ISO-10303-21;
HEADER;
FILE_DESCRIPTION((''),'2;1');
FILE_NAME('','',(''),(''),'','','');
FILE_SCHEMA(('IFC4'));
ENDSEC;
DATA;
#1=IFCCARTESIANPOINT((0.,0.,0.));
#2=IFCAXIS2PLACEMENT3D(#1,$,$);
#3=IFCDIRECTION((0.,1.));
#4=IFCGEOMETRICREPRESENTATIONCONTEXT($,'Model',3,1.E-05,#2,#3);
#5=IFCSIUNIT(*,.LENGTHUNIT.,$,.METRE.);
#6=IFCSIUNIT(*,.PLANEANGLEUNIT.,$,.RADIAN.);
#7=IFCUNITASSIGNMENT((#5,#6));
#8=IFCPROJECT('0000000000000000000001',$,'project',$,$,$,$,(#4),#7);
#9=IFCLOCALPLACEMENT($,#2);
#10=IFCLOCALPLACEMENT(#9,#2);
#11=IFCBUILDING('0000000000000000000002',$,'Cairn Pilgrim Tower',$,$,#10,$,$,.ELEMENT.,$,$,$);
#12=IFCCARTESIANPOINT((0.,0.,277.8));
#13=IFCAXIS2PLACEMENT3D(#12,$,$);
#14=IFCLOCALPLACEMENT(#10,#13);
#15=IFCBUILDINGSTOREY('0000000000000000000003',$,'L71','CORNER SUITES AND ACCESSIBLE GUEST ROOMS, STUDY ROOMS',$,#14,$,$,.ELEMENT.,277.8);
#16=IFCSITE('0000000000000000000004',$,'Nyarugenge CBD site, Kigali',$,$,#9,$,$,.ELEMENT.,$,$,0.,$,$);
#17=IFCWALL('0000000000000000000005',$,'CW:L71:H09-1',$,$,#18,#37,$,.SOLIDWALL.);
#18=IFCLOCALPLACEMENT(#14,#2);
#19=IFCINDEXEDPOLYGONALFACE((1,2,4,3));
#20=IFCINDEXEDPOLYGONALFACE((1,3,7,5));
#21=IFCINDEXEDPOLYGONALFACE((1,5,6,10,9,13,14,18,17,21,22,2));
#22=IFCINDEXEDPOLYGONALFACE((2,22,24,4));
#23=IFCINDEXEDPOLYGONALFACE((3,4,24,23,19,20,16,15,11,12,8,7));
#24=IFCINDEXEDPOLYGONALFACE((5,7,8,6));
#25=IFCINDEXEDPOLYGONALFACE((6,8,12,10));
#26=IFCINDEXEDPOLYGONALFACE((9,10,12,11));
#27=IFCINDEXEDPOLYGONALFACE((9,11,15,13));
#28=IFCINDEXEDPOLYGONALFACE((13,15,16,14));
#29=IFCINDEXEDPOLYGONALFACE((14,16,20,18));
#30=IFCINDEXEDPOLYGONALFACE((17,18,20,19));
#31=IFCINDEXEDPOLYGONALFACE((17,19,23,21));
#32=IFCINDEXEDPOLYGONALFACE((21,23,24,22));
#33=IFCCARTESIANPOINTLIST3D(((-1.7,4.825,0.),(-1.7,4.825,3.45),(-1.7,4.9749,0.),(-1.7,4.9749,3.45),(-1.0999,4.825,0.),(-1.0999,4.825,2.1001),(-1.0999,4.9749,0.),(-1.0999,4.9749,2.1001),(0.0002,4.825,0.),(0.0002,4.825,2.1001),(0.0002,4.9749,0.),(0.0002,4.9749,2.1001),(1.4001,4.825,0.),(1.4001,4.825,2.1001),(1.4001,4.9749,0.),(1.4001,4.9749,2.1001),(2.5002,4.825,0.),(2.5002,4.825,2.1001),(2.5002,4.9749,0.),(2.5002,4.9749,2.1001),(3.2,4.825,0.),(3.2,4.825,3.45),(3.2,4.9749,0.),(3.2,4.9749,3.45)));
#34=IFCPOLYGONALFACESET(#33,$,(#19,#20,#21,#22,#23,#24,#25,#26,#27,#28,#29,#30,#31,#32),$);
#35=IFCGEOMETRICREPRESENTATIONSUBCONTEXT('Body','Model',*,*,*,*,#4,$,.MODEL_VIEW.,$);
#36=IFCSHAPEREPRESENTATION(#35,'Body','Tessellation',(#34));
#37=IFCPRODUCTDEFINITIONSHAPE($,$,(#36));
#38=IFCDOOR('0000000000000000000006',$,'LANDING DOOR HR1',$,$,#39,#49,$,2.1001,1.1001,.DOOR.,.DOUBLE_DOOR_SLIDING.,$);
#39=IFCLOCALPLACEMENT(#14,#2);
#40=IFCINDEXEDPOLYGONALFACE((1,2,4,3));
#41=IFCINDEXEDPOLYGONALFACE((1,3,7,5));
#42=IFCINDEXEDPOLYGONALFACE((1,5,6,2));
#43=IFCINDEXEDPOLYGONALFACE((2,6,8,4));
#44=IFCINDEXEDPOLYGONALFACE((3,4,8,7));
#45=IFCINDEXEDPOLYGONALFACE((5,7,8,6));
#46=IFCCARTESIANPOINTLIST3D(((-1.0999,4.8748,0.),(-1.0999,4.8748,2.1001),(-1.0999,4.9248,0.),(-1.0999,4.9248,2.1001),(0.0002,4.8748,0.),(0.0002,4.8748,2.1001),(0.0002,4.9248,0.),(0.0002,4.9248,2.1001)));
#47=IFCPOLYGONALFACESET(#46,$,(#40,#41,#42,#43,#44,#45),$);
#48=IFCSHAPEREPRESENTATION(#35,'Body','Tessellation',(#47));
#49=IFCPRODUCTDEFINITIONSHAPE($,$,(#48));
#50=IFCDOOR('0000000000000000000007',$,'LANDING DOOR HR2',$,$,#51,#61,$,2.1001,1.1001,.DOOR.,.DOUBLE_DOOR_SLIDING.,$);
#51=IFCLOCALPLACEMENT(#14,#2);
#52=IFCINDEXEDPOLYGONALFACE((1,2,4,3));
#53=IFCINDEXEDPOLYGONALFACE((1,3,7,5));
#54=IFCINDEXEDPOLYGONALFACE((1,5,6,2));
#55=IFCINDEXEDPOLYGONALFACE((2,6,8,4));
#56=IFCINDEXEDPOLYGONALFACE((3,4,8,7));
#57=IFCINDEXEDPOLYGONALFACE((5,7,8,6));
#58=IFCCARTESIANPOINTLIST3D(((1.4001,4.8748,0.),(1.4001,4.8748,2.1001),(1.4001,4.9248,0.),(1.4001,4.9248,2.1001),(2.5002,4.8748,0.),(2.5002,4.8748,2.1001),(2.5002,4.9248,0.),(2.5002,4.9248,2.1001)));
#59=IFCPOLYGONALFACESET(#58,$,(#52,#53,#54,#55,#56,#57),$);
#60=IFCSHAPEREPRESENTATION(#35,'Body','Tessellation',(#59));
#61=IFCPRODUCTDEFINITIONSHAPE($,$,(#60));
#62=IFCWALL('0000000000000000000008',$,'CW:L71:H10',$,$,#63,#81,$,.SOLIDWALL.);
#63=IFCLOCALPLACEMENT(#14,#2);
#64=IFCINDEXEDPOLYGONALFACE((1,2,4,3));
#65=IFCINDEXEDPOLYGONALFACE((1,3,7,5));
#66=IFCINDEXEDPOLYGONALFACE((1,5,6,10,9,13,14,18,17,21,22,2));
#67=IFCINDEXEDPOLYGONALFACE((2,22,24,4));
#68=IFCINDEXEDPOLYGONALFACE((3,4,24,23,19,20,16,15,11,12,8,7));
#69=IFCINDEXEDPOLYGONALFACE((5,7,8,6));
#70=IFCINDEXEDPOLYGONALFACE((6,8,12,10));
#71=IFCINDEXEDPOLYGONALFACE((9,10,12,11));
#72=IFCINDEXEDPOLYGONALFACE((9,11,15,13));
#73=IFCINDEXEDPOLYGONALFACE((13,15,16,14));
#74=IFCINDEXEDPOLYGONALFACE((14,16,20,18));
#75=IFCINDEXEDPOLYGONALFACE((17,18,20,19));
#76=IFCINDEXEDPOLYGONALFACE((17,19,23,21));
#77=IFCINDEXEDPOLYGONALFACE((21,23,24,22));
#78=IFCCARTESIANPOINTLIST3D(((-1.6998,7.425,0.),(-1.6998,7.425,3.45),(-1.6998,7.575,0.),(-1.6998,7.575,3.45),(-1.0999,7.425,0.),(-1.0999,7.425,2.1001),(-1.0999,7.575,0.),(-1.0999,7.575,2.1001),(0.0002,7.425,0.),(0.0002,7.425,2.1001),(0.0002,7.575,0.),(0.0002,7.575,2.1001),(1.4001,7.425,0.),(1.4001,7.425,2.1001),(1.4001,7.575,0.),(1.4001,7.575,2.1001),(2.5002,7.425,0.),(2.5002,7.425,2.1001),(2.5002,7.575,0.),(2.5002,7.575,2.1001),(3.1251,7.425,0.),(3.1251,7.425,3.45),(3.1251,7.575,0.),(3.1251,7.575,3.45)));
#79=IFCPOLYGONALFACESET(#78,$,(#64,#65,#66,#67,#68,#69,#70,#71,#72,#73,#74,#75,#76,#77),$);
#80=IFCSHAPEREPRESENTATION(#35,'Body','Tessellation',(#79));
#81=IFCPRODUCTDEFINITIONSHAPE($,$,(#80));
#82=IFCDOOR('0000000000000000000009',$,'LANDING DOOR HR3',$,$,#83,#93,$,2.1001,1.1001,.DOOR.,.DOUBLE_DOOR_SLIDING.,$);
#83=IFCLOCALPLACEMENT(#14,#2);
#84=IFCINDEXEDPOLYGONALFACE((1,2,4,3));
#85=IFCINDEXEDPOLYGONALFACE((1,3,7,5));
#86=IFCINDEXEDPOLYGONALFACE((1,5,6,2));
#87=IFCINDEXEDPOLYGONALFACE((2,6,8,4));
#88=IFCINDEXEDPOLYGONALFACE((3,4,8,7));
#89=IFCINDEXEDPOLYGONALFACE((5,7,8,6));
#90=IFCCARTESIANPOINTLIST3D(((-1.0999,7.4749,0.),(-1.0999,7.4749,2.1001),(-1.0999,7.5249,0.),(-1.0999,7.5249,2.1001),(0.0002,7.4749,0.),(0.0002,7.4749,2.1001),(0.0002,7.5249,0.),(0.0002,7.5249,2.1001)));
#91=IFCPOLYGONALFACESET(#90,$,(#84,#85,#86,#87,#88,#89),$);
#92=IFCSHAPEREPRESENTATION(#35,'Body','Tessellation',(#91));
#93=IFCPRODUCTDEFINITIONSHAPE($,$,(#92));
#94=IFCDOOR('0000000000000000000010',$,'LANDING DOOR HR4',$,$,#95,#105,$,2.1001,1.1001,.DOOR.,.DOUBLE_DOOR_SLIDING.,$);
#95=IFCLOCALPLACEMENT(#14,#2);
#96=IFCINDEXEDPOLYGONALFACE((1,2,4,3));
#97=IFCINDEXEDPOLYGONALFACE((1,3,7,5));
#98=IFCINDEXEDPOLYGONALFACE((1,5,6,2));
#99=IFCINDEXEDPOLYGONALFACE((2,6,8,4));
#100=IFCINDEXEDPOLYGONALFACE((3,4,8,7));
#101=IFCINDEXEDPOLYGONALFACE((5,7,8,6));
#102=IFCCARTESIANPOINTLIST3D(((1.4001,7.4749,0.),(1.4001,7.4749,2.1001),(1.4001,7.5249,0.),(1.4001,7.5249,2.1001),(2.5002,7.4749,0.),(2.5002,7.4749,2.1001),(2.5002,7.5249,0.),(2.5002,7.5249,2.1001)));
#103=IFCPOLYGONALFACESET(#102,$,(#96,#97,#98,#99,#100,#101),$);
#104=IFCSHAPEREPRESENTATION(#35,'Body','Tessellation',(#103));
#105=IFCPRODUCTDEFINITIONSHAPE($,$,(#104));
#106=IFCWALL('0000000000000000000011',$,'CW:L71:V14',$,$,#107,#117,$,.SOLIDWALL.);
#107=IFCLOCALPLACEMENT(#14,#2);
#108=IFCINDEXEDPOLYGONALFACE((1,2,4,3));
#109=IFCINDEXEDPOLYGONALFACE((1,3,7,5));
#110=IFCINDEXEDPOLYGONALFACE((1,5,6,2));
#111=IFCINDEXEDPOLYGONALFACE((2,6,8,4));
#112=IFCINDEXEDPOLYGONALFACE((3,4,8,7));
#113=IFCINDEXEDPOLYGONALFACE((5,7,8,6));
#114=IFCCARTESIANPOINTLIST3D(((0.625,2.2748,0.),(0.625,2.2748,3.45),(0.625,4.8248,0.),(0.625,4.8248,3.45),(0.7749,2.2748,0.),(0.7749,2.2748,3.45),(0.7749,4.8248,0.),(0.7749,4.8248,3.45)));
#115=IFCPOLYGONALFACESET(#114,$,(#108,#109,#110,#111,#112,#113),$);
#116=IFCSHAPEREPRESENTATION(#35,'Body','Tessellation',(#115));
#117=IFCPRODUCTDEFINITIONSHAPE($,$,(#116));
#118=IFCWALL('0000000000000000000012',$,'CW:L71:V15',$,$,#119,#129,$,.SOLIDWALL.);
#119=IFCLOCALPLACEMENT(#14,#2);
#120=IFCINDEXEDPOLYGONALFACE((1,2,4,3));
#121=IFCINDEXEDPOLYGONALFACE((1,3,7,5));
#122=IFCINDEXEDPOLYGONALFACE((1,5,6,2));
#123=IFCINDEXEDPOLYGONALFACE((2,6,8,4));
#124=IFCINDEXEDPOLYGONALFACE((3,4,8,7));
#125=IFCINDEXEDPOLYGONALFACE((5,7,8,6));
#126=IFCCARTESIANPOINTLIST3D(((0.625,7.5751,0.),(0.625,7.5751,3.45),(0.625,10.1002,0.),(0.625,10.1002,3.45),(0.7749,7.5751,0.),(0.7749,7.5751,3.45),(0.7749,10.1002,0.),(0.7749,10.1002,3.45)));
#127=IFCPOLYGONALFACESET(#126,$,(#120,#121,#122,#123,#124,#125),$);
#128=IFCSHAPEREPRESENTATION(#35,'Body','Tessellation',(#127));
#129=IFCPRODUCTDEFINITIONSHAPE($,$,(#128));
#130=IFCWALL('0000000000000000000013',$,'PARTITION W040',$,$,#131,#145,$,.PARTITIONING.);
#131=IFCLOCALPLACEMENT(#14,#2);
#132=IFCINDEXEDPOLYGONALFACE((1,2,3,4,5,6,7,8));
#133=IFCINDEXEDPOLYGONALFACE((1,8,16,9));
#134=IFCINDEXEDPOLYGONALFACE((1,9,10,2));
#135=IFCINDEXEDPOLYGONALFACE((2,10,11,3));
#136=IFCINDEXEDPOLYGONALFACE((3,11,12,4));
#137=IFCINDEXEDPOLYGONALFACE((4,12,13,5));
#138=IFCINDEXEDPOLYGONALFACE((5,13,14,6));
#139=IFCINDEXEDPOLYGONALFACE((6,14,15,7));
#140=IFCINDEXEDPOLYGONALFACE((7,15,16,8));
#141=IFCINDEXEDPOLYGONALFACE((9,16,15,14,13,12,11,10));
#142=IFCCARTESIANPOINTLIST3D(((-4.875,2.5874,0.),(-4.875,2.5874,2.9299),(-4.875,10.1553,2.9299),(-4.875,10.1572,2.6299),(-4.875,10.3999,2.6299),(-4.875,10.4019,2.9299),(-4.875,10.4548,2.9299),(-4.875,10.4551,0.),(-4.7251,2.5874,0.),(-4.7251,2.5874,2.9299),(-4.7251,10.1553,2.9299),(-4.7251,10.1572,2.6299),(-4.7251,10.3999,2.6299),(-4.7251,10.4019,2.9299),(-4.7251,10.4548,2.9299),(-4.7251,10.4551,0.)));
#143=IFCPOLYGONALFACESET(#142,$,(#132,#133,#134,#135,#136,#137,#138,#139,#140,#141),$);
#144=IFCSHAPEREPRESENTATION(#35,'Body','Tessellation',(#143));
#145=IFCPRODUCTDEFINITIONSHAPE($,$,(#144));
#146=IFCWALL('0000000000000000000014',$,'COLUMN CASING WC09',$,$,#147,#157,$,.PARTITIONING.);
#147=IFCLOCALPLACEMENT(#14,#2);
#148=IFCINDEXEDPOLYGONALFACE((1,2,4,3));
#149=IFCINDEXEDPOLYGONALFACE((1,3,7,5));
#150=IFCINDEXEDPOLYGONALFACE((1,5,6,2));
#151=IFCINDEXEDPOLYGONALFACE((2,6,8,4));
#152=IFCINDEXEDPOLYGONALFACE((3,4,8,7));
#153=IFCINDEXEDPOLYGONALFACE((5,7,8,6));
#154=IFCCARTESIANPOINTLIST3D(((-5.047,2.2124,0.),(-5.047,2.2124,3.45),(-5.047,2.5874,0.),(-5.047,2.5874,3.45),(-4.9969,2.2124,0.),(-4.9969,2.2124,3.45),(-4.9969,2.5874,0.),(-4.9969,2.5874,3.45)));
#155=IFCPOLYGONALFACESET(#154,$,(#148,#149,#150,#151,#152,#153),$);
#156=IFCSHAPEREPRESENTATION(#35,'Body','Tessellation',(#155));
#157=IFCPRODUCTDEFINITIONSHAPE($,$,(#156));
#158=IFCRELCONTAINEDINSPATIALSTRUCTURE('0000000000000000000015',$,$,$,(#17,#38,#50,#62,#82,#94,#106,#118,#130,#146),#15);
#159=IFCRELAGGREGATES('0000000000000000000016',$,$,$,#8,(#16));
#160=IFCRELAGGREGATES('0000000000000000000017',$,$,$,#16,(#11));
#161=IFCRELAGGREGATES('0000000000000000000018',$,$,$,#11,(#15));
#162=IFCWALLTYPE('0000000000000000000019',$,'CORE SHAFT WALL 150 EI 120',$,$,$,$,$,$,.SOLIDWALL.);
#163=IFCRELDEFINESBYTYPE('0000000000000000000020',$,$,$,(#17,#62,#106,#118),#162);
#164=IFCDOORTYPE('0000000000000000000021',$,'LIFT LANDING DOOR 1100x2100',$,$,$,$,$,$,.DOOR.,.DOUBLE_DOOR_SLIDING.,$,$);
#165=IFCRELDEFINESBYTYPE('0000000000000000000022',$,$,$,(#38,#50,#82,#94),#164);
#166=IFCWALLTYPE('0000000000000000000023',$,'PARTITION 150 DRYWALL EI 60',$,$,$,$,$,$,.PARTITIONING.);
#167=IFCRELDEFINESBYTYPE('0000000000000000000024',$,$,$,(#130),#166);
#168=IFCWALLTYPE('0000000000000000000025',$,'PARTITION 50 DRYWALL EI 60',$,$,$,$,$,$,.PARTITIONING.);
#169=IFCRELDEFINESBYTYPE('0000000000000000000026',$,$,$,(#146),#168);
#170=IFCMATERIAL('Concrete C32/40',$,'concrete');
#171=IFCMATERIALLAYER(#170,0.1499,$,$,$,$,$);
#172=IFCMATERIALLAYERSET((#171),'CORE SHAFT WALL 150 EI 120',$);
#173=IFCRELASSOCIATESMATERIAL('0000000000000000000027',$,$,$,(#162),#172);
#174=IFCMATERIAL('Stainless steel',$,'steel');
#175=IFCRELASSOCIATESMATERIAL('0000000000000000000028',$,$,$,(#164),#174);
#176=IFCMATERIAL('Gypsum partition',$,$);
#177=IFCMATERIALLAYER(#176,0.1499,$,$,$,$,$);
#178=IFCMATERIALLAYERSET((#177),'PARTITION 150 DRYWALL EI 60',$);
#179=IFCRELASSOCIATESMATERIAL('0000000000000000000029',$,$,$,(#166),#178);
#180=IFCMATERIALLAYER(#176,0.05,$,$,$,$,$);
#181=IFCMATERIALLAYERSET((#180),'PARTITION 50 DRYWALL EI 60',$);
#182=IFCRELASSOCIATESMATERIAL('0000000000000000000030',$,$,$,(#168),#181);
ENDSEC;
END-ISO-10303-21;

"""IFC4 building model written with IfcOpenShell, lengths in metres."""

from ifc_helpers import new_model, si_unit, direction, frame, frame_2d, origin, place, context, subcontext, project, spatial, polyline, rectangle, outline, extrude, material, layer, layer_set, type_object, element, fill, save


model = new_model("IFC4")

# Units and contexts
model_context = context("Model", 3, precision=1e-05, world=origin(), true_north=direction((0.0, 1.0)))
body_context = subcontext(model_context, "Body", "Model", "MODEL_VIEW")
ifc_project = project(units=[si_unit("LENGTHUNIT", "METRE"), si_unit("PLANEANGLEUNIT", "RADIAN")], contexts=[model_context])

# Site, building, storey
site_placement = place(None, origin())
site = spatial("IfcSite", under=ifc_project, at=site_placement, Name="Nyarugenge CBD site, Kigali", CompositionType="ELEMENT", RefElevation=0.0)
building_placement = place(site_placement, origin())
building = spatial("IfcBuilding", under=site, at=building_placement, Name="Cairn Pilgrim Tower", CompositionType="ELEMENT")
storey_placement = place(building_placement, frame((0.0, 0.0, 277.8)))
storey = spatial("IfcBuildingStorey", under=building, at=storey_placement, Name="L71", Description="CORNER SUITES AND ACCESSIBLE GUEST ROOMS, STUDY ROOMS", CompositionType="ELEMENT", Elevation=277.8)

# Shared definitions
ifc_material_1 = material(Name="Concrete C32/40", Category="concrete")

# Shared definitions
ifc_layer_1 = layer(ifc_material_1, 0.1499)
ifc_layer_set_1 = layer_set([ifc_layer_1], Name="CORE SHAFT WALL 150 EI 120")
wall_type_1 = type_object("IfcWallType", Name="CORE SHAFT WALL 150 EI 120", PredefinedType="SOLIDWALL", material=ifc_layer_set_1)

# Walls, openings, doors
wall_1_placement = place(storey_placement, frame((-1.7, 4.8999, 0.0), z_axis=(0.0, 0.0, 1.0), x_axis=(1.0, 0.0, 0.0)))
wall_1 = element("IfcWall", 1, at=wall_1_placement, inside=storey, type_object=wall_type_1, Name="CW:L71:H09-1", PredefinedType="SOLIDWALL", context=body_context, shape_type="SweptSolid", body=[
    extrude(rectangle(XDim=4.8999, YDim=0.1499, at=frame_2d((2.45, 0.0))), origin(), (0.0, 0.0, 1.0), 3.45),
])
opening_1_placement = place(wall_1_placement, frame((0.6001, 0.0, 0.0)))
opening_1 = element("IfcOpeningElement", 2, at=opening_1_placement, cuts=wall_1, PredefinedType="OPENING", context=body_context, shape_type="SweptSolid", body=[
    extrude(rectangle(XDim=1.1001, YDim=2.1001, at=frame_2d((0.55, 1.05))), frame((0.0, 0.085, 0.0), z_axis=(0.0, -1.0, 0.0), x_axis=(1.0, 0.0, 0.0)), (0.0, 0.0, 1.0), 0.1699),
])
opening_2_placement = place(wall_1_placement, frame((3.1001, 0.0, 0.0)))
opening_2 = element("IfcOpeningElement", 3, at=opening_2_placement, cuts=wall_1, PredefinedType="OPENING", context=body_context, shape_type="SweptSolid", body=[
    extrude(rectangle(XDim=1.1001, YDim=2.1001, at=frame_2d((0.55, 1.05))), frame((0.0, 0.085, 0.0), z_axis=(0.0, -1.0, 0.0), x_axis=(1.0, 0.0, 0.0)), (0.0, 0.0, 1.0), 0.1699),
])
ifc_material_2 = material(Name="Stainless steel", Category="steel")
door_type = type_object("IfcDoorType", Name="LIFT LANDING DOOR 1100x2100", OperationType="DOUBLE_DOOR_SLIDING", PredefinedType="DOOR", material=ifc_material_2)
door_1_placement = place(opening_1_placement, origin())
door_1 = element("IfcDoor", 4, at=door_1_placement, inside=storey, type_object=door_type, Name="LANDING DOOR HR1", OperationType="DOUBLE_DOOR_SLIDING", OverallHeight=2.1001, OverallWidth=1.1001, PredefinedType="DOOR", context=body_context, shape_type="SweptSolid", body=[
    extrude(rectangle(XDim=1.1001, YDim=2.1001, at=frame_2d((0.55, 1.05))), frame((0.0, 0.0249, 0.0), z_axis=(0.0, -1.0, 0.0), x_axis=(1.0, 0.0, 0.0)), (0.0, 0.0, 1.0), 0.05),
])
fill(opening_1, door_1)
door_2_placement = place(opening_2_placement, origin())
door_2 = element("IfcDoor", 5, at=door_2_placement, inside=storey, type_object=door_type, Name="LANDING DOOR HR2", OperationType="DOUBLE_DOOR_SLIDING", OverallHeight=2.1001, OverallWidth=1.1001, PredefinedType="DOOR", context=body_context, shape_type="SweptSolid", body=[
    extrude(rectangle(XDim=1.1001, YDim=2.1001, at=frame_2d((0.55, 1.05))), frame((0.0, 0.0249, 0.0), z_axis=(0.0, -1.0, 0.0), x_axis=(1.0, 0.0, 0.0)), (0.0, 0.0, 1.0), 0.05),
])
fill(opening_2, door_2)
wall_2_placement = place(storey_placement, frame((-1.7, 7.5, 0.0), z_axis=(0.0, 0.0, 1.0), x_axis=(1.0, 0.0, 0.0)))
wall_2 = element("IfcWall", 6, at=wall_2_placement, inside=storey, type_object=wall_type_1, Name="CW:L71:H10", PredefinedType="SOLIDWALL", context=body_context, shape_type="SweptSolid", body=[
    extrude(rectangle(XDim=4.825, YDim=0.1499, at=frame_2d((2.4126, 0.0))), origin(), (0.0, 0.0, 1.0), 3.45),
])
opening_3_placement = place(wall_2_placement, frame((0.6001, 0.0, 0.0)))
opening_3 = element("IfcOpeningElement", 7, at=opening_3_placement, cuts=wall_2, PredefinedType="OPENING", context=body_context, shape_type="SweptSolid", body=[
    extrude(rectangle(XDim=1.1001, YDim=2.1001, at=frame_2d((0.55, 1.05))), frame((0.0, 0.085, 0.0), z_axis=(0.0, -1.0, 0.0), x_axis=(1.0, 0.0, 0.0)), (0.0, 0.0, 1.0), 0.1699),
])
opening_4_placement = place(wall_2_placement, frame((3.1001, 0.0, 0.0)))
opening_4 = element("IfcOpeningElement", 8, at=opening_4_placement, cuts=wall_2, PredefinedType="OPENING", context=body_context, shape_type="SweptSolid", body=[
    extrude(rectangle(XDim=1.1001, YDim=2.1001, at=frame_2d((0.55, 1.05))), frame((0.0, 0.085, 0.0), z_axis=(0.0, -1.0, 0.0), x_axis=(1.0, 0.0, 0.0)), (0.0, 0.0, 1.0), 0.1699),
])
door_3_placement = place(opening_3_placement, origin())
door_3 = element("IfcDoor", 9, at=door_3_placement, inside=storey, type_object=door_type, Name="LANDING DOOR HR3", OperationType="DOUBLE_DOOR_SLIDING", OverallHeight=2.1001, OverallWidth=1.1001, PredefinedType="DOOR", context=body_context, shape_type="SweptSolid", body=[
    extrude(rectangle(XDim=1.1001, YDim=2.1001, at=frame_2d((0.55, 1.05))), frame((0.0, 0.0249, 0.0), z_axis=(0.0, -1.0, 0.0), x_axis=(1.0, 0.0, 0.0)), (0.0, 0.0, 1.0), 0.05),
])
fill(opening_3, door_3)
door_4_placement = place(opening_4_placement, origin())
door_4 = element("IfcDoor", 10, at=door_4_placement, inside=storey, type_object=door_type, Name="LANDING DOOR HR4", OperationType="DOUBLE_DOOR_SLIDING", OverallHeight=2.1001, OverallWidth=1.1001, PredefinedType="DOOR", context=body_context, shape_type="SweptSolid", body=[
    extrude(rectangle(XDim=1.1001, YDim=2.1001, at=frame_2d((0.55, 1.05))), frame((0.0, 0.0249, 0.0), z_axis=(0.0, -1.0, 0.0), x_axis=(1.0, 0.0, 0.0)), (0.0, 0.0, 1.0), 0.05),
])
fill(opening_4, door_4)

# Walls
wall_3_placement = place(storey_placement, frame((0.7, 2.2749, 0.0), z_axis=(0.0, 0.0, 1.0), x_axis=(0.0, 1.0, 0.0)))
element("IfcWall", 11, at=wall_3_placement, inside=storey, type_object=wall_type_1, Name="CW:L71:V14", PredefinedType="SOLIDWALL", context=body_context, shape_type="SweptSolid", body=[
    extrude(rectangle(XDim=2.55, YDim=0.1499, at=frame_2d((1.2749, 0.0))), origin(), (0.0, 0.0, 1.0), 3.45),
])
wall_4_placement = place(storey_placement, frame((0.7, 7.575, 0.0), z_axis=(0.0, 0.0, 1.0), x_axis=(0.0, 1.0, 0.0)))
element("IfcWall", 12, at=wall_4_placement, inside=storey, type_object=wall_type_1, Name="CW:L71:V15", PredefinedType="SOLIDWALL", context=body_context, shape_type="SweptSolid", body=[
    extrude(rectangle(XDim=2.5251, YDim=0.1499, at=frame_2d((1.2627, 0.0))), origin(), (0.0, 0.0, 1.0), 3.45),
])
ifc_material_3 = material(Name="Gypsum partition")
ifc_layer_2 = layer(ifc_material_3, 0.1499)
ifc_layer_set_2 = layer_set([ifc_layer_2], Name="PARTITION 150 DRYWALL EI 60")
wall_type_2 = type_object("IfcWallType", Name="PARTITION 150 DRYWALL EI 60", PredefinedType="PARTITIONING", material=ifc_layer_set_2)
wall_5_placement = place(storey_placement, frame((-4.8, 2.5874, 0.0), z_axis=(0.0, 0.0, 1.0), x_axis=(0.0, 1.0, 0.0)))
element("IfcWall", 13, at=wall_5_placement, inside=storey, type_object=wall_type_2, Name="PARTITION W040", PredefinedType="PARTITIONING", context=body_context, shape_type="SweptSolid", body=[
    extrude(outline(polyline([(0.0, 0.0), (7.8677, 0.0), (7.8674, 2.9299), (7.8145, 2.9299), (7.8125, 2.6299), (7.5698, 2.6299), (7.5679, 2.9299), (0.0, 2.9299), (0.0, 0.0)])), frame((0.0, 0.075, 0.0), z_axis=(0.0, -1.0, 0.0), x_axis=(1.0, 0.0, 0.0)), (0.0, 0.0, 1.0), 0.1499),
])
ifc_layer_3 = layer(ifc_material_3, 0.05)
ifc_layer_set_3 = layer_set([ifc_layer_3], Name="PARTITION 50 DRYWALL EI 60")
wall_type_3 = type_object("IfcWallType", Name="PARTITION 50 DRYWALL EI 60", PredefinedType="PARTITIONING", material=ifc_layer_set_3)
wall_6_placement = place(storey_placement, frame((-5.022, 2.2124, 0.0), z_axis=(0.0, 0.0, 1.0), x_axis=(0.0, 1.0, 0.0)))
element("IfcWall", 14, at=wall_6_placement, inside=storey, type_object=wall_type_3, Name="COLUMN CASING WC09", PredefinedType="PARTITIONING", context=body_context, shape_type="SweptSolid", body=[
    extrude(rectangle(XDim=0.375, YDim=0.05, at=frame_2d((0.1875, 0.0))), origin(), (0.0, 0.0, 1.0), 3.45),
])

save(model, "model.ifc")
